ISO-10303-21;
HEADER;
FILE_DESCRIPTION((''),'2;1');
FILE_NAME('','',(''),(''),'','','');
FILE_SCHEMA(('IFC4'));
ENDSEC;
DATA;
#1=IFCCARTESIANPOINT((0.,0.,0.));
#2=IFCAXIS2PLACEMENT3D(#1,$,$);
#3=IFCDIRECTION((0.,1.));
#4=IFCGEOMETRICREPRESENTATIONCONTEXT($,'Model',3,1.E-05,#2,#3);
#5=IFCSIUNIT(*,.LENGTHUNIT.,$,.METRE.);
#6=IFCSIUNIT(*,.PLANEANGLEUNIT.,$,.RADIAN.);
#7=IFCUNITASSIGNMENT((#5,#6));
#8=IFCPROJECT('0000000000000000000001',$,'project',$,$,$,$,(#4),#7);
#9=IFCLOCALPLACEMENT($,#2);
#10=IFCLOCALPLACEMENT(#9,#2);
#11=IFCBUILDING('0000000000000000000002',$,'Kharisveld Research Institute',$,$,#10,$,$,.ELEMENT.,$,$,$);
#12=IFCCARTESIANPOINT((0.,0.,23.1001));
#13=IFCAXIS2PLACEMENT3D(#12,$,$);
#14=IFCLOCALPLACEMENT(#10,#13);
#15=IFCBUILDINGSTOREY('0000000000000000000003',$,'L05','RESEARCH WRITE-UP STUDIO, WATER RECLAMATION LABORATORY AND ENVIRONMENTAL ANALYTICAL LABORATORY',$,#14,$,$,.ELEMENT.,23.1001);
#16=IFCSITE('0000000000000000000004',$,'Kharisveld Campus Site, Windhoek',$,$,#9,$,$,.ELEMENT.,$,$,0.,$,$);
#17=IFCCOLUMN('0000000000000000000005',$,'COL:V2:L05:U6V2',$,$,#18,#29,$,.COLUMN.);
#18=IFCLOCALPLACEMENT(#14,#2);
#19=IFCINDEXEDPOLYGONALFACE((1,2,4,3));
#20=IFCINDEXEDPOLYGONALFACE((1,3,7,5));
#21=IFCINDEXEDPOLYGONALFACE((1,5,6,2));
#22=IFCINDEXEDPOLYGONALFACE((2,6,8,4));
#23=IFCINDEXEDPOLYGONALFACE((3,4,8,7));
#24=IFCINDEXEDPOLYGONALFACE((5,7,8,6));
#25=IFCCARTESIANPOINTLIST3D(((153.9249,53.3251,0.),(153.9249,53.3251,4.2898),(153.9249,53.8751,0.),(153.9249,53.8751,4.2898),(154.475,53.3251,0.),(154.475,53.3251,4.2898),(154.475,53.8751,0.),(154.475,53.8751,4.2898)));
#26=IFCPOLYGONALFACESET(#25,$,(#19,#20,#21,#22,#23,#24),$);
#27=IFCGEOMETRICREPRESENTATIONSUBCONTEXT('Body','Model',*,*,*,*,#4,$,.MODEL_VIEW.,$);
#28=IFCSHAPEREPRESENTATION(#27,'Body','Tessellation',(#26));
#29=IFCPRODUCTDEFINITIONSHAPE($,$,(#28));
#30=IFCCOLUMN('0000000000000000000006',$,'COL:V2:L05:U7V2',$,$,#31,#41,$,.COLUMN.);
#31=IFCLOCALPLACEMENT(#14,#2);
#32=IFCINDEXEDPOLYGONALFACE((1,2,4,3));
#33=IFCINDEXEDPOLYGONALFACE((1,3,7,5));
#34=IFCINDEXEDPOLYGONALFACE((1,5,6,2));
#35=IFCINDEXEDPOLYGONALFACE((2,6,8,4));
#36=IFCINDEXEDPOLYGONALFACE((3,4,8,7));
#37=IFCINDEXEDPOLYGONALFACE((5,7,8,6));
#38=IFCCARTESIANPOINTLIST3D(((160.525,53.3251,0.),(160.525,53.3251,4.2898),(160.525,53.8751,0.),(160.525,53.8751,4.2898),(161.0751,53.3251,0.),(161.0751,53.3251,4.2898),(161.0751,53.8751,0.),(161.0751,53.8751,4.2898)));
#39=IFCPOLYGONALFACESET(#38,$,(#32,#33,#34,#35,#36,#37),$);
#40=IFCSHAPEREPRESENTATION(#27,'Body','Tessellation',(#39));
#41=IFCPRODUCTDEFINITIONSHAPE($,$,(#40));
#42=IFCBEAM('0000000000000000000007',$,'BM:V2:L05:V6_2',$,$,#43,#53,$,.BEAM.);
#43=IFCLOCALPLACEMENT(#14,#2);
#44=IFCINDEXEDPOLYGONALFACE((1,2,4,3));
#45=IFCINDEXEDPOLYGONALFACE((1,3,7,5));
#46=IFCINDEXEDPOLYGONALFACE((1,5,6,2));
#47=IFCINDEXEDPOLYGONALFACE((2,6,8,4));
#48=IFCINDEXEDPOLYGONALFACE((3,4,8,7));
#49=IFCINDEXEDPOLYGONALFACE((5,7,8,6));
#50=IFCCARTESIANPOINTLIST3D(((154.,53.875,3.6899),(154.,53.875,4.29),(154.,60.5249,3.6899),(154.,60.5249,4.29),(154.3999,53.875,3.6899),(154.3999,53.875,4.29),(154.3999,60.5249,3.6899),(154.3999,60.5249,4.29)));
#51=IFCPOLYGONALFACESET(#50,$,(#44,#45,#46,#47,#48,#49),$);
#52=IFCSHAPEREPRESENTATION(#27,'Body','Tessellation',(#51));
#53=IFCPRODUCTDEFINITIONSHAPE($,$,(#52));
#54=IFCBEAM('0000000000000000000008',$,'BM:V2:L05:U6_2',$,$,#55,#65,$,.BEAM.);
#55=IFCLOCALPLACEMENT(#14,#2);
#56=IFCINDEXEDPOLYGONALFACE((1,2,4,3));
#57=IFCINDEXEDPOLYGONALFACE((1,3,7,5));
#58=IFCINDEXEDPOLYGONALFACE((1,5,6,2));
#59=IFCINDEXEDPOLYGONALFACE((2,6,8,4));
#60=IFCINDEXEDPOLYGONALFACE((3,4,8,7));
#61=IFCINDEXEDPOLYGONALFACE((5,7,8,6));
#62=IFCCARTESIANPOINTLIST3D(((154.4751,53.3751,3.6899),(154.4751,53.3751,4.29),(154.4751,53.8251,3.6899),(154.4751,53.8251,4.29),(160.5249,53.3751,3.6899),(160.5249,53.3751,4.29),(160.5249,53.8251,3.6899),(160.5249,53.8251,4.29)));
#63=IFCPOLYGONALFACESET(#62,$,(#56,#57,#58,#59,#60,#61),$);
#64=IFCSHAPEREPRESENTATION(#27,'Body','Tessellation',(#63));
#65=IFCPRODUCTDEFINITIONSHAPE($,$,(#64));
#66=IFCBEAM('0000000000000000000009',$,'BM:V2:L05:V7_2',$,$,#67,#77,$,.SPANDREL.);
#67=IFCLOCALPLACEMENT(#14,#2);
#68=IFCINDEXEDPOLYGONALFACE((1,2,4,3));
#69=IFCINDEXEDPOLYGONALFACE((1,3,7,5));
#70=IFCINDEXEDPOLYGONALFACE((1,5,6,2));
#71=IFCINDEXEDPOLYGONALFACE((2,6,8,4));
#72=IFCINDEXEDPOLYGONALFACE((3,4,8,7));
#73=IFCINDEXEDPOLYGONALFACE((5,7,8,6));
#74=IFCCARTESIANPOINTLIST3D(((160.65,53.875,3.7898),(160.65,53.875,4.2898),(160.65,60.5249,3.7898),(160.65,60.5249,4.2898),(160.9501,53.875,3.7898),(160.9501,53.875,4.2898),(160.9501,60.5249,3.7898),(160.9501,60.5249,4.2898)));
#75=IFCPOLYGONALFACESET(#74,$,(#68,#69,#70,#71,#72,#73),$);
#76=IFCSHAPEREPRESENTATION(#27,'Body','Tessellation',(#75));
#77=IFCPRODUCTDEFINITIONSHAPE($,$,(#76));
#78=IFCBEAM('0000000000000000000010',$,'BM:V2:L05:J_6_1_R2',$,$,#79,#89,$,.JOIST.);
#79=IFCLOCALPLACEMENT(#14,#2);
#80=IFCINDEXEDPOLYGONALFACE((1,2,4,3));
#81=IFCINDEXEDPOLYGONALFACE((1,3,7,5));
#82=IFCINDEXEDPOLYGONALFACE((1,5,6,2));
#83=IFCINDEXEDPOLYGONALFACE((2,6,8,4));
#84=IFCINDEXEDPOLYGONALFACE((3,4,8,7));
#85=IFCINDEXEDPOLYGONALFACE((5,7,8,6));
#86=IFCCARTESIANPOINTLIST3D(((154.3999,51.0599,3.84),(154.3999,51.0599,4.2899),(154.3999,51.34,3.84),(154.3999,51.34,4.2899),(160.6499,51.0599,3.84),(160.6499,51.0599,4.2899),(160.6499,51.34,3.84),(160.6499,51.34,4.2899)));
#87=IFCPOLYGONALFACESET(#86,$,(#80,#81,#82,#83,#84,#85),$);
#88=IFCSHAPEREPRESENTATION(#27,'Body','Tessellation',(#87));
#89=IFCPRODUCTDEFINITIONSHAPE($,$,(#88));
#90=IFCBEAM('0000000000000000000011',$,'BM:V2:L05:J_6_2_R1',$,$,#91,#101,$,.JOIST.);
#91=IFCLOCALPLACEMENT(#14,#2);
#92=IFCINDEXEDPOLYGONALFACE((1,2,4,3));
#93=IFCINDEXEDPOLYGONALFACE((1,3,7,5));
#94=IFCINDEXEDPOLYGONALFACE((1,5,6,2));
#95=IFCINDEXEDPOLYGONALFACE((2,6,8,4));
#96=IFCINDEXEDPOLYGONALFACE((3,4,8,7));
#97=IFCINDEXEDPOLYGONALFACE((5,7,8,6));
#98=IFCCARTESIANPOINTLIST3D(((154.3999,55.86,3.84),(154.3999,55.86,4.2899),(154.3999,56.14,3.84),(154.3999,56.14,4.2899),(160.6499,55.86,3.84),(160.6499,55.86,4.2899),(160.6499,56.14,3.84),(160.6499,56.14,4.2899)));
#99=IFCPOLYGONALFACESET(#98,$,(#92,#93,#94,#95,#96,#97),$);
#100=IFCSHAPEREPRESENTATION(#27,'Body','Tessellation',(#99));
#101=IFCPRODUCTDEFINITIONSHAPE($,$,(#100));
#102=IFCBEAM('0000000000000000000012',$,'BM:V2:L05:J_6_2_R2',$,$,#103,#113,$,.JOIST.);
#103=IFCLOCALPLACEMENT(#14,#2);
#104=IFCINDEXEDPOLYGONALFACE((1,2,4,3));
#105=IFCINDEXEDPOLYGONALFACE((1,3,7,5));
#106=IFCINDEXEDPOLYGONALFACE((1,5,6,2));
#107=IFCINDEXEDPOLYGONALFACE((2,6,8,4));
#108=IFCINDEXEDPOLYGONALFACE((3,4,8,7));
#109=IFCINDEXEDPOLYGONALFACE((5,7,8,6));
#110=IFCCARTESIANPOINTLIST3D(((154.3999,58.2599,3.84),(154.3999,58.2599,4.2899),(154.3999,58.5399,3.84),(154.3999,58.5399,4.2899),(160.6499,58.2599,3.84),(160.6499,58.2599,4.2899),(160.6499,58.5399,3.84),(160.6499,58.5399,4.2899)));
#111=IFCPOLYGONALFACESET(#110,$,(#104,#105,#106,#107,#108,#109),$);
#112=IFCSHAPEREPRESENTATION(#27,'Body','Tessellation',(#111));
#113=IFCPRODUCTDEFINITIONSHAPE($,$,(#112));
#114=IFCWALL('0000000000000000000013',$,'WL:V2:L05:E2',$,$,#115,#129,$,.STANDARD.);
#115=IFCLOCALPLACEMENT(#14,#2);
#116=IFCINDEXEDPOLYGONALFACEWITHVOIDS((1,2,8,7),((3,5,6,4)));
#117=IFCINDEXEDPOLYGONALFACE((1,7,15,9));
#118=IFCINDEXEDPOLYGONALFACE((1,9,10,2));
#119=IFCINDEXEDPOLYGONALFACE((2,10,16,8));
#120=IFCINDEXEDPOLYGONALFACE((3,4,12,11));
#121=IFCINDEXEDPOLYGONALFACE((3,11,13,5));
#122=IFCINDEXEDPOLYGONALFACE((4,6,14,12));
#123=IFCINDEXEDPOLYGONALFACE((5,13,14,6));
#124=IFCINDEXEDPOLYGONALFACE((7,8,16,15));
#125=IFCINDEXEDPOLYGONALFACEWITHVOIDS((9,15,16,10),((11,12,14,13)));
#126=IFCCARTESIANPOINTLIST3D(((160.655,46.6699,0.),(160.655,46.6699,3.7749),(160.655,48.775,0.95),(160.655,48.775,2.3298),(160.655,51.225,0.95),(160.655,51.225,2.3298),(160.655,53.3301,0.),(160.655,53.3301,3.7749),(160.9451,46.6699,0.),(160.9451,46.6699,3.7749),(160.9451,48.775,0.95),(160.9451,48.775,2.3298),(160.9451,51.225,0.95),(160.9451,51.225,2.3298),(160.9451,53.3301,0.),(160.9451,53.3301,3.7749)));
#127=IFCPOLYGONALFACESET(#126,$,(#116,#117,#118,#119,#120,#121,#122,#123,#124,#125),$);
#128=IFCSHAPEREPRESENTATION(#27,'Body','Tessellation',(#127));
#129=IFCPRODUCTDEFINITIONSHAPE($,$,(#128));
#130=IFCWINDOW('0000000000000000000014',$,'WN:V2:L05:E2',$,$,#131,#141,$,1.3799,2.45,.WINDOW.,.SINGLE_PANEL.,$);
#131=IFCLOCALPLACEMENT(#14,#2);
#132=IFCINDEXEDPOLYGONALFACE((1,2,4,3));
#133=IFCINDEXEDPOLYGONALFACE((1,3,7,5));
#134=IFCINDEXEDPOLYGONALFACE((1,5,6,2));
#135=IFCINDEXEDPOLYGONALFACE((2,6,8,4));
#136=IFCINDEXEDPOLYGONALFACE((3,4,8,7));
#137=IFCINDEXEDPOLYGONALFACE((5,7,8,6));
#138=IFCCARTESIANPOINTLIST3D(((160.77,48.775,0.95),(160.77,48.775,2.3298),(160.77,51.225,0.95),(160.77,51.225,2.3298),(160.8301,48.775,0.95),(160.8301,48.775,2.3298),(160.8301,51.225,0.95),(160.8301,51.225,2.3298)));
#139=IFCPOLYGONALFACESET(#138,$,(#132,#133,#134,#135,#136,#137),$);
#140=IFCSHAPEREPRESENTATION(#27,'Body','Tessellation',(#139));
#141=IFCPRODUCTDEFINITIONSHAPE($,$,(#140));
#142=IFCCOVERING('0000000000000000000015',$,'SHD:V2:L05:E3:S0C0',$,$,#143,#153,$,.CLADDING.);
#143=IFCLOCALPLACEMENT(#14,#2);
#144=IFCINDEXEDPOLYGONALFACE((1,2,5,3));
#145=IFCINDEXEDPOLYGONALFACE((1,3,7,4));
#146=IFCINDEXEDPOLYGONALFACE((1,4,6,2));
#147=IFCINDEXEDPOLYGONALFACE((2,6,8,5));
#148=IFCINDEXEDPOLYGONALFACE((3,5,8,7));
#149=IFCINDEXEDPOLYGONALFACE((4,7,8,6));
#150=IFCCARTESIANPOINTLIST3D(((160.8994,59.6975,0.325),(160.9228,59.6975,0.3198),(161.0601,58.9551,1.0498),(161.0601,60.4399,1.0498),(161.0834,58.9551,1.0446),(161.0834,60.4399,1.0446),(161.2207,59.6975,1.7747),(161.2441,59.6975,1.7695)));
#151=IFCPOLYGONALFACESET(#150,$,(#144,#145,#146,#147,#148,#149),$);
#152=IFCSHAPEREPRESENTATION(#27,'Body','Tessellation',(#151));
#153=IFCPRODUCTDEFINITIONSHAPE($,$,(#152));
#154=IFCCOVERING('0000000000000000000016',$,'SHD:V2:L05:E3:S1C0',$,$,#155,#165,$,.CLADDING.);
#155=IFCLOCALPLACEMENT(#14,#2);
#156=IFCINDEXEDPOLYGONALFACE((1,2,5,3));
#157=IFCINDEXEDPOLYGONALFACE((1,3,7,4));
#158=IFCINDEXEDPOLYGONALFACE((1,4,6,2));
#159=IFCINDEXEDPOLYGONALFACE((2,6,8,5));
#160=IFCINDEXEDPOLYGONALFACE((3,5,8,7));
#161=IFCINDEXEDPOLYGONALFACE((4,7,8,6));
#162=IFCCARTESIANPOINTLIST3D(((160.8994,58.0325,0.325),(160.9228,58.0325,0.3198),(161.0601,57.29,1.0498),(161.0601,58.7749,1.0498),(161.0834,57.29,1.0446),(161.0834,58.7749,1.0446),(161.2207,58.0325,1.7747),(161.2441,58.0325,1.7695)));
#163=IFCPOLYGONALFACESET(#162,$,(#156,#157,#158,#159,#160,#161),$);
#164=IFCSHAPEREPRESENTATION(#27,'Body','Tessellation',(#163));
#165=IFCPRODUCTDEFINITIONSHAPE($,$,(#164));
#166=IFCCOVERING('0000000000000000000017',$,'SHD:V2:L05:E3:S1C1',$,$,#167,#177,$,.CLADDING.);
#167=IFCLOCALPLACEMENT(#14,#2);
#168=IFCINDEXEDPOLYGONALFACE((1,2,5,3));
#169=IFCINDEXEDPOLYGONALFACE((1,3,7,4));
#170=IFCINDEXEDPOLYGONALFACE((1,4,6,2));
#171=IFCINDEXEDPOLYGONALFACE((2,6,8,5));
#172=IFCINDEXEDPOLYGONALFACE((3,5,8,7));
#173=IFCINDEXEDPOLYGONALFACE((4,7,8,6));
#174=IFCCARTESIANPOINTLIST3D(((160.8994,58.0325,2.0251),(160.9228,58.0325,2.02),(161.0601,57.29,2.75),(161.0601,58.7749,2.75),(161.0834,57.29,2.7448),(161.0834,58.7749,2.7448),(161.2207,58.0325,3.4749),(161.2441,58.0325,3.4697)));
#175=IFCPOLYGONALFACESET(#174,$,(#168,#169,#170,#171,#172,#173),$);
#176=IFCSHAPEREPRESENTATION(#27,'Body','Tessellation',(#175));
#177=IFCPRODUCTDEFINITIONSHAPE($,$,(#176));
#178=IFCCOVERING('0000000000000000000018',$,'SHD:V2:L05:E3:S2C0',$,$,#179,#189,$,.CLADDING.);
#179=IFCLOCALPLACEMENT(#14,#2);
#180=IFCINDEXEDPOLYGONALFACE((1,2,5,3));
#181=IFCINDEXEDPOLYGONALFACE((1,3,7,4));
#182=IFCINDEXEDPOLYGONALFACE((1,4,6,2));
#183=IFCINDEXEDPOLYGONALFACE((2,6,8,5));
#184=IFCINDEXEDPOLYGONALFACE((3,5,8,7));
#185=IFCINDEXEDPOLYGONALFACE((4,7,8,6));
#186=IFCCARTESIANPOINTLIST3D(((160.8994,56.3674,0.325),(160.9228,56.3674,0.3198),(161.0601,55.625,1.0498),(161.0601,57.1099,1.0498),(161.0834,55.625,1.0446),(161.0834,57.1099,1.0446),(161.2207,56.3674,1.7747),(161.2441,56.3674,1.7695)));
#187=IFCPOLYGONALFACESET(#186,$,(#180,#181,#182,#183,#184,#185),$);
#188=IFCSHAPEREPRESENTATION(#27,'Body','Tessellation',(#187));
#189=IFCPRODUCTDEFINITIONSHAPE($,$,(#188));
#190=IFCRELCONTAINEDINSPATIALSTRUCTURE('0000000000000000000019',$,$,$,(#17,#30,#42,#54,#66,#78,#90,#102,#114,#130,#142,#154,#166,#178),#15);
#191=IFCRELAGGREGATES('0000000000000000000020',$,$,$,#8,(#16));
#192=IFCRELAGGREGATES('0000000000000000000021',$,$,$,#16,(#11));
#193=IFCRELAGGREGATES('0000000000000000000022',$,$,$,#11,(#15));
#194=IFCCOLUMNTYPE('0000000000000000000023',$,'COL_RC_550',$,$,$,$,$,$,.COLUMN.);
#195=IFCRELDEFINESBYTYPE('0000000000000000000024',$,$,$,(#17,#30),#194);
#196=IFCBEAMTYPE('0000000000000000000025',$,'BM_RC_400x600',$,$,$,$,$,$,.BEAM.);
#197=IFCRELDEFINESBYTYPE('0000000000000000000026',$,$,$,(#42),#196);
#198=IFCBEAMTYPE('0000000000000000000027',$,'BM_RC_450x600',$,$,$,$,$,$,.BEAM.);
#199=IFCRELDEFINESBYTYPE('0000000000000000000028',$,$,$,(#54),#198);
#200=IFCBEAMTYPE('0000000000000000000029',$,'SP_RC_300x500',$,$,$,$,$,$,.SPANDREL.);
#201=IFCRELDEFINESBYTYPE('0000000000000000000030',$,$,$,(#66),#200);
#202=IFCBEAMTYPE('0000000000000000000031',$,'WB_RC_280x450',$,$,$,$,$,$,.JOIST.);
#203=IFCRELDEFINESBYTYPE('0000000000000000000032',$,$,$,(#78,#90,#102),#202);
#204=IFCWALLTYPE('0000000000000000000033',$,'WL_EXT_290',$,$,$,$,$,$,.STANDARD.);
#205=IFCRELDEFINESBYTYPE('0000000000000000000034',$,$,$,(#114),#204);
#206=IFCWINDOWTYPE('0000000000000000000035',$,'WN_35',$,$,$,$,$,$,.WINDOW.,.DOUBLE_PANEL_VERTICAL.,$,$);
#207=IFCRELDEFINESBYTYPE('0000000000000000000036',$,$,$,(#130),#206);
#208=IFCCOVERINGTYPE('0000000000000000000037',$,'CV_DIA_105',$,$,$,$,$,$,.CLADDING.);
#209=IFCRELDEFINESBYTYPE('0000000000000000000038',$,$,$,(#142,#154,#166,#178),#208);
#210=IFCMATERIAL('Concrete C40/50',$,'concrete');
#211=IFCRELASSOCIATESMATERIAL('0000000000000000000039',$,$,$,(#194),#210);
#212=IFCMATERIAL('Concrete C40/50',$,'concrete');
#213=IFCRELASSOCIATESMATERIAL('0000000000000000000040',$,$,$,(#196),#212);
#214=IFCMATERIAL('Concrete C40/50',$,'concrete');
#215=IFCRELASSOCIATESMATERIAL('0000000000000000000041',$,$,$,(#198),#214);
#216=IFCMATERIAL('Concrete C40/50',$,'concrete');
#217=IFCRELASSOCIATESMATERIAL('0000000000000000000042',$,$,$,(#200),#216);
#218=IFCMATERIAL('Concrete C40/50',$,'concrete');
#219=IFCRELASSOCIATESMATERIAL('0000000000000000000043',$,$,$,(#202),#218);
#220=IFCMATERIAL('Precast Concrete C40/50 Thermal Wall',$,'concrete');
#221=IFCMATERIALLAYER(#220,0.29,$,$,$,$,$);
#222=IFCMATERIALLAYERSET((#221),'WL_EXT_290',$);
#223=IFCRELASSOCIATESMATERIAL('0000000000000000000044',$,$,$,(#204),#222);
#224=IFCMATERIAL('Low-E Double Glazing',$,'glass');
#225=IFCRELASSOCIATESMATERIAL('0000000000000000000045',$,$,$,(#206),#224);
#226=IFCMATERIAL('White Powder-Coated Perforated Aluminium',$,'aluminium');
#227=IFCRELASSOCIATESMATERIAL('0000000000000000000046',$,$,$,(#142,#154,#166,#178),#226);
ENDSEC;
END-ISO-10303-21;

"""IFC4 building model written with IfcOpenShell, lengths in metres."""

from ifc_helpers import new_model, si_unit, direction, frame, frame_2d, origin, origin_2d, place, context, subcontext, project, spatial, polyline, rectangle, outline, extrude, material, layer, layer_set, material_profile, profile_set, type_object, element, fill, save


model = new_model("IFC4")

# Units and contexts
model_context = context("Model", 3, precision=1e-05, world=origin(), true_north=direction((0.0, 1.0)))
body_context = subcontext(model_context, "Body", "Model", "MODEL_VIEW")
ifc_project = project(units=[si_unit("LENGTHUNIT", "METRE"), si_unit("PLANEANGLEUNIT", "RADIAN")], contexts=[model_context])

# Site, building, storey
site_placement = place(None, origin())
site = spatial("IfcSite", under=ifc_project, at=site_placement, Name="Kharisveld Campus Site, Windhoek", CompositionType="ELEMENT", RefElevation=0.0)
building_placement = place(site_placement, origin())
building = spatial("IfcBuilding", under=site, at=building_placement, Name="Kharisveld Research Institute", CompositionType="ELEMENT")
storey_placement = place(building_placement, frame((0.0, 0.0, 23.1001)))
storey = spatial("IfcBuildingStorey", under=building, at=storey_placement, Name="L05", Description="RESEARCH WRITE-UP STUDIO, WATER RECLAMATION LABORATORY AND ENVIRONMENTAL ANALYTICAL LABORATORY", CompositionType="ELEMENT", Elevation=23.1001)

# Columns
ifc_material_1 = material(Name="Concrete C40/50", Category="concrete")
ifc_material_profile_1 = material_profile(ifc_material_1, rectangle(XDim=0.55, YDim=0.55, at=origin_2d()))
ifc_profile_set_1 = profile_set([ifc_material_profile_1], Name="Concrete C40/50")
column_type = type_object("IfcColumnType", Name="COL_RC_550", PredefinedType="COLUMN", material=ifc_profile_set_1)
for number, where, z_axis, x_axis, name in (
    (1, (154.2, 53.6001, 0.0), (0.0, 0.0, 1.0), (1.0, 0.0, 0.0), "COL:V2:L05:U6V2"),
    (2, (160.8, 53.6001, 0.0), (0.0, 0.0, 1.0), (1.0, 0.0, 0.0), "COL:V2:L05:U7V2"),
):
    element("IfcColumn", number, at=place(storey_placement, frame(where, z_axis=z_axis, x_axis=x_axis)), inside=storey, type_object=column_type, Name=name, PredefinedType="COLUMN", context=body_context, shape_type="SweptSolid", body=[
        extrude(rectangle(XDim=0.55, YDim=0.55, at=origin_2d()), origin(), (0.0, 0.0, 1.0), 4.2898),
    ])

# Beams
ifc_material_2 = material(Name="Concrete C40/50", Category="concrete")
ifc_material_profile_2 = material_profile(ifc_material_2, rectangle(XDim=0.3999, YDim=0.6001, at=origin_2d()))
ifc_profile_set_2 = profile_set([ifc_material_profile_2], Name="Concrete C40/50")
beam_type_1 = type_object("IfcBeamType", Name="BM_RC_400x600", PredefinedType="BEAM", material=ifc_profile_set_2)
beam_1_placement = place(storey_placement, frame((154.2, 53.875, 3.99), z_axis=(0.0, 1.0, 0.0), x_axis=(-1.0, 0.0, 0.0)))
element("IfcBeam", 3, at=beam_1_placement, inside=storey, type_object=beam_type_1, Name="BM:V2:L05:V6_2", PredefinedType="BEAM", context=body_context, shape_type="SweptSolid", body=[
    extrude(rectangle(XDim=0.3999, YDim=0.6001, at=origin_2d()), origin(), (0.0, 0.0, 1.0), 6.6499),
])
ifc_material_3 = material(Name="Concrete C40/50", Category="concrete")
ifc_material_profile_3 = material_profile(ifc_material_3, rectangle(XDim=0.45, YDim=0.6001, at=origin_2d()))
ifc_profile_set_3 = profile_set([ifc_material_profile_3], Name="Concrete C40/50")
beam_type_2 = type_object("IfcBeamType", Name="BM_RC_450x600", PredefinedType="BEAM", material=ifc_profile_set_3)
beam_2_placement = place(storey_placement, frame((154.4751, 53.6001, 3.99), z_axis=(1.0, 0.0, 0.0), x_axis=(0.0, 1.0, 0.0)))
element("IfcBeam", 4, at=beam_2_placement, inside=storey, type_object=beam_type_2, Name="BM:V2:L05:U6_2", PredefinedType="BEAM", context=body_context, shape_type="SweptSolid", body=[
    extrude(rectangle(XDim=0.45, YDim=0.6001, at=origin_2d()), origin(), (0.0, 0.0, 1.0), 6.0498),
])
ifc_material_4 = material(Name="Concrete C40/50", Category="concrete")
ifc_material_profile_4 = material_profile(ifc_material_4, rectangle(XDim=0.3, YDim=0.5, at=origin_2d()))
ifc_profile_set_4 = profile_set([ifc_material_profile_4], Name="Concrete C40/50")
beam_type_3 = type_object("IfcBeamType", Name="SP_RC_300x500", PredefinedType="SPANDREL", material=ifc_profile_set_4)
beam_3_placement = place(storey_placement, frame((160.8, 53.875, 4.0398), z_axis=(0.0, 1.0, 0.0), x_axis=(-1.0, 0.0, 0.0)))
element("IfcBeam", 5, at=beam_3_placement, inside=storey, type_object=beam_type_3, Name="BM:V2:L05:V7_2", PredefinedType="SPANDREL", context=body_context, shape_type="SweptSolid", body=[
    extrude(rectangle(XDim=0.3, YDim=0.5, at=origin_2d()), origin(), (0.0, 0.0, 1.0), 6.6499),
])
ifc_material_5 = material(Name="Concrete C40/50", Category="concrete")
ifc_material_profile_5 = material_profile(ifc_material_5, rectangle(XDim=0.28, YDim=0.45, at=origin_2d()))
ifc_profile_set_5 = profile_set([ifc_material_profile_5], Name="Concrete C40/50")
beam_type_4 = type_object("IfcBeamType", Name="WB_RC_280x450", PredefinedType="JOIST", material=ifc_profile_set_5)
for number, where, z_axis, x_axis, name in (
    (6, (154.3999, 51.2, 4.0649), (1.0, 0.0, 0.0), (0.0, 1.0, 0.0), "BM:V2:L05:J_6_1_R2"),
    (7, (154.3999, 56.0, 4.0649), (1.0, 0.0, 0.0), (0.0, 1.0, 0.0), "BM:V2:L05:J_6_2_R1"),
    (8, (154.3999, 58.3999, 4.0649), (1.0, 0.0, 0.0), (0.0, 1.0, 0.0), "BM:V2:L05:J_6_2_R2"),
):
    element("IfcBeam", number, at=place(storey_placement, frame(where, z_axis=z_axis, x_axis=x_axis)), inside=storey, type_object=beam_type_4, Name=name, PredefinedType="JOIST", context=body_context, shape_type="SweptSolid", body=[
        extrude(rectangle(XDim=0.28, YDim=0.45, at=origin_2d()), origin(), (0.0, 0.0, 1.0), 6.25),
    ])

# Wall, opening, window
ifc_material_6 = material(Name="Precast Concrete C40/50 Thermal Wall", Category="concrete")
ifc_layer = layer(ifc_material_6, 0.29)
ifc_layer_set = layer_set([ifc_layer], Name="WL_EXT_290")
wall_type = type_object("IfcWallType", Name="WL_EXT_290", PredefinedType="STANDARD", material=ifc_layer_set)
wall_placement = place(storey_placement, frame((160.8, 53.3301, 0.0), z_axis=(0.0, 0.0, 1.0), x_axis=(0.0, -1.0, 0.0)))
wall = element("IfcWall", 9, at=wall_placement, inside=storey, type_object=wall_type, Name="WL:V2:L05:E2", PredefinedType="STANDARD", context=body_context, shape_type="SweptSolid", body=[
    extrude(rectangle(XDim=6.6602, YDim=0.29, at=frame_2d((3.3301, 0.0))), origin(), (0.0, 0.0, 1.0), 3.7749),
])
opening_placement = place(wall_placement, frame((2.105, 0.0, 0.95)))
opening = element("IfcOpeningElement", 10, at=opening_placement, cuts=wall, PredefinedType="OPENING", context=body_context, shape_type="SweptSolid", body=[
    extrude(rectangle(XDim=2.45, YDim=1.3799, at=frame_2d((1.2251, 0.6899))), frame((0.0, 0.145, 0.0), z_axis=(0.0, -1.0, 0.0), x_axis=(1.0, 0.0, 0.0)), (0.0, 0.0, 1.0), 0.29),
])
ifc_material_7 = material(Name="Low-E Double Glazing", Category="glass")
window_type = type_object("IfcWindowType", Name="WN_35", PartitioningType="DOUBLE_PANEL_VERTICAL", PredefinedType="WINDOW", material=ifc_material_7)
window_placement = place(opening_placement, origin())
window = element("IfcWindow", 11, at=window_placement, inside=storey, type_object=window_type, Name="WN:V2:L05:E2", OverallHeight=1.3799, OverallWidth=2.45, PartitioningType="SINGLE_PANEL", PredefinedType="WINDOW", context=body_context, shape_type="SweptSolid", body=[
    extrude(rectangle(XDim=2.45, YDim=1.3799, at=frame_2d((1.2251, 0.6899))), frame((0.0, 0.03, 0.0), z_axis=(0.0, -1.0, 0.0), x_axis=(1.0, 0.0, 0.0)), (0.0, 0.0, 1.0), 0.0601),
])
fill(opening, window)

# Coverings
ifc_material_8 = material(Name="White Powder-Coated Perforated Aluminium", Category="aluminium")
covering_type = type_object("IfcCoveringType", Name="CV_DIA_105", PredefinedType="CLADDING")
for number, where, z_axis, x_axis, name in (
    (12, (160.8994, 59.6975, 0.325), (-0.976311, 0.0, 0.216373), (0.153, -0.707102, 0.69036), "SHD:V2:L05:E3:S0C0"),
    (13, (160.8994, 58.0325, 0.325), (-0.976311, 0.0, 0.216373), (0.153, -0.707102, 0.69036), "SHD:V2:L05:E3:S1C0"),
    (14, (160.8994, 58.0325, 2.0251), (-0.976311, 0.0, 0.216373), (0.153, -0.707102, 0.69036), "SHD:V2:L05:E3:S1C1"),
    (15, (160.8994, 56.3674, 0.325), (-0.976311, 0.0, 0.216373), (0.153, -0.707102, 0.69036), "SHD:V2:L05:E3:S2C0"),
):
    element("IfcCovering", number, at=place(storey_placement, frame(where, z_axis=z_axis, x_axis=x_axis)), inside=storey, type_object=covering_type, material=ifc_material_8, Name=name, PredefinedType="CLADDING", context=body_context, shape_type="SweptSolid", body=[
        extrude(outline(polyline([(0.0, 0.0), (1.05, 0.0), (1.05, 1.05), (0.0, 1.05), (0.0, 0.0)])), origin(), (0.0, 0.0, -1.0), 0.0239),
    ])

save(model, "model.ifc")
